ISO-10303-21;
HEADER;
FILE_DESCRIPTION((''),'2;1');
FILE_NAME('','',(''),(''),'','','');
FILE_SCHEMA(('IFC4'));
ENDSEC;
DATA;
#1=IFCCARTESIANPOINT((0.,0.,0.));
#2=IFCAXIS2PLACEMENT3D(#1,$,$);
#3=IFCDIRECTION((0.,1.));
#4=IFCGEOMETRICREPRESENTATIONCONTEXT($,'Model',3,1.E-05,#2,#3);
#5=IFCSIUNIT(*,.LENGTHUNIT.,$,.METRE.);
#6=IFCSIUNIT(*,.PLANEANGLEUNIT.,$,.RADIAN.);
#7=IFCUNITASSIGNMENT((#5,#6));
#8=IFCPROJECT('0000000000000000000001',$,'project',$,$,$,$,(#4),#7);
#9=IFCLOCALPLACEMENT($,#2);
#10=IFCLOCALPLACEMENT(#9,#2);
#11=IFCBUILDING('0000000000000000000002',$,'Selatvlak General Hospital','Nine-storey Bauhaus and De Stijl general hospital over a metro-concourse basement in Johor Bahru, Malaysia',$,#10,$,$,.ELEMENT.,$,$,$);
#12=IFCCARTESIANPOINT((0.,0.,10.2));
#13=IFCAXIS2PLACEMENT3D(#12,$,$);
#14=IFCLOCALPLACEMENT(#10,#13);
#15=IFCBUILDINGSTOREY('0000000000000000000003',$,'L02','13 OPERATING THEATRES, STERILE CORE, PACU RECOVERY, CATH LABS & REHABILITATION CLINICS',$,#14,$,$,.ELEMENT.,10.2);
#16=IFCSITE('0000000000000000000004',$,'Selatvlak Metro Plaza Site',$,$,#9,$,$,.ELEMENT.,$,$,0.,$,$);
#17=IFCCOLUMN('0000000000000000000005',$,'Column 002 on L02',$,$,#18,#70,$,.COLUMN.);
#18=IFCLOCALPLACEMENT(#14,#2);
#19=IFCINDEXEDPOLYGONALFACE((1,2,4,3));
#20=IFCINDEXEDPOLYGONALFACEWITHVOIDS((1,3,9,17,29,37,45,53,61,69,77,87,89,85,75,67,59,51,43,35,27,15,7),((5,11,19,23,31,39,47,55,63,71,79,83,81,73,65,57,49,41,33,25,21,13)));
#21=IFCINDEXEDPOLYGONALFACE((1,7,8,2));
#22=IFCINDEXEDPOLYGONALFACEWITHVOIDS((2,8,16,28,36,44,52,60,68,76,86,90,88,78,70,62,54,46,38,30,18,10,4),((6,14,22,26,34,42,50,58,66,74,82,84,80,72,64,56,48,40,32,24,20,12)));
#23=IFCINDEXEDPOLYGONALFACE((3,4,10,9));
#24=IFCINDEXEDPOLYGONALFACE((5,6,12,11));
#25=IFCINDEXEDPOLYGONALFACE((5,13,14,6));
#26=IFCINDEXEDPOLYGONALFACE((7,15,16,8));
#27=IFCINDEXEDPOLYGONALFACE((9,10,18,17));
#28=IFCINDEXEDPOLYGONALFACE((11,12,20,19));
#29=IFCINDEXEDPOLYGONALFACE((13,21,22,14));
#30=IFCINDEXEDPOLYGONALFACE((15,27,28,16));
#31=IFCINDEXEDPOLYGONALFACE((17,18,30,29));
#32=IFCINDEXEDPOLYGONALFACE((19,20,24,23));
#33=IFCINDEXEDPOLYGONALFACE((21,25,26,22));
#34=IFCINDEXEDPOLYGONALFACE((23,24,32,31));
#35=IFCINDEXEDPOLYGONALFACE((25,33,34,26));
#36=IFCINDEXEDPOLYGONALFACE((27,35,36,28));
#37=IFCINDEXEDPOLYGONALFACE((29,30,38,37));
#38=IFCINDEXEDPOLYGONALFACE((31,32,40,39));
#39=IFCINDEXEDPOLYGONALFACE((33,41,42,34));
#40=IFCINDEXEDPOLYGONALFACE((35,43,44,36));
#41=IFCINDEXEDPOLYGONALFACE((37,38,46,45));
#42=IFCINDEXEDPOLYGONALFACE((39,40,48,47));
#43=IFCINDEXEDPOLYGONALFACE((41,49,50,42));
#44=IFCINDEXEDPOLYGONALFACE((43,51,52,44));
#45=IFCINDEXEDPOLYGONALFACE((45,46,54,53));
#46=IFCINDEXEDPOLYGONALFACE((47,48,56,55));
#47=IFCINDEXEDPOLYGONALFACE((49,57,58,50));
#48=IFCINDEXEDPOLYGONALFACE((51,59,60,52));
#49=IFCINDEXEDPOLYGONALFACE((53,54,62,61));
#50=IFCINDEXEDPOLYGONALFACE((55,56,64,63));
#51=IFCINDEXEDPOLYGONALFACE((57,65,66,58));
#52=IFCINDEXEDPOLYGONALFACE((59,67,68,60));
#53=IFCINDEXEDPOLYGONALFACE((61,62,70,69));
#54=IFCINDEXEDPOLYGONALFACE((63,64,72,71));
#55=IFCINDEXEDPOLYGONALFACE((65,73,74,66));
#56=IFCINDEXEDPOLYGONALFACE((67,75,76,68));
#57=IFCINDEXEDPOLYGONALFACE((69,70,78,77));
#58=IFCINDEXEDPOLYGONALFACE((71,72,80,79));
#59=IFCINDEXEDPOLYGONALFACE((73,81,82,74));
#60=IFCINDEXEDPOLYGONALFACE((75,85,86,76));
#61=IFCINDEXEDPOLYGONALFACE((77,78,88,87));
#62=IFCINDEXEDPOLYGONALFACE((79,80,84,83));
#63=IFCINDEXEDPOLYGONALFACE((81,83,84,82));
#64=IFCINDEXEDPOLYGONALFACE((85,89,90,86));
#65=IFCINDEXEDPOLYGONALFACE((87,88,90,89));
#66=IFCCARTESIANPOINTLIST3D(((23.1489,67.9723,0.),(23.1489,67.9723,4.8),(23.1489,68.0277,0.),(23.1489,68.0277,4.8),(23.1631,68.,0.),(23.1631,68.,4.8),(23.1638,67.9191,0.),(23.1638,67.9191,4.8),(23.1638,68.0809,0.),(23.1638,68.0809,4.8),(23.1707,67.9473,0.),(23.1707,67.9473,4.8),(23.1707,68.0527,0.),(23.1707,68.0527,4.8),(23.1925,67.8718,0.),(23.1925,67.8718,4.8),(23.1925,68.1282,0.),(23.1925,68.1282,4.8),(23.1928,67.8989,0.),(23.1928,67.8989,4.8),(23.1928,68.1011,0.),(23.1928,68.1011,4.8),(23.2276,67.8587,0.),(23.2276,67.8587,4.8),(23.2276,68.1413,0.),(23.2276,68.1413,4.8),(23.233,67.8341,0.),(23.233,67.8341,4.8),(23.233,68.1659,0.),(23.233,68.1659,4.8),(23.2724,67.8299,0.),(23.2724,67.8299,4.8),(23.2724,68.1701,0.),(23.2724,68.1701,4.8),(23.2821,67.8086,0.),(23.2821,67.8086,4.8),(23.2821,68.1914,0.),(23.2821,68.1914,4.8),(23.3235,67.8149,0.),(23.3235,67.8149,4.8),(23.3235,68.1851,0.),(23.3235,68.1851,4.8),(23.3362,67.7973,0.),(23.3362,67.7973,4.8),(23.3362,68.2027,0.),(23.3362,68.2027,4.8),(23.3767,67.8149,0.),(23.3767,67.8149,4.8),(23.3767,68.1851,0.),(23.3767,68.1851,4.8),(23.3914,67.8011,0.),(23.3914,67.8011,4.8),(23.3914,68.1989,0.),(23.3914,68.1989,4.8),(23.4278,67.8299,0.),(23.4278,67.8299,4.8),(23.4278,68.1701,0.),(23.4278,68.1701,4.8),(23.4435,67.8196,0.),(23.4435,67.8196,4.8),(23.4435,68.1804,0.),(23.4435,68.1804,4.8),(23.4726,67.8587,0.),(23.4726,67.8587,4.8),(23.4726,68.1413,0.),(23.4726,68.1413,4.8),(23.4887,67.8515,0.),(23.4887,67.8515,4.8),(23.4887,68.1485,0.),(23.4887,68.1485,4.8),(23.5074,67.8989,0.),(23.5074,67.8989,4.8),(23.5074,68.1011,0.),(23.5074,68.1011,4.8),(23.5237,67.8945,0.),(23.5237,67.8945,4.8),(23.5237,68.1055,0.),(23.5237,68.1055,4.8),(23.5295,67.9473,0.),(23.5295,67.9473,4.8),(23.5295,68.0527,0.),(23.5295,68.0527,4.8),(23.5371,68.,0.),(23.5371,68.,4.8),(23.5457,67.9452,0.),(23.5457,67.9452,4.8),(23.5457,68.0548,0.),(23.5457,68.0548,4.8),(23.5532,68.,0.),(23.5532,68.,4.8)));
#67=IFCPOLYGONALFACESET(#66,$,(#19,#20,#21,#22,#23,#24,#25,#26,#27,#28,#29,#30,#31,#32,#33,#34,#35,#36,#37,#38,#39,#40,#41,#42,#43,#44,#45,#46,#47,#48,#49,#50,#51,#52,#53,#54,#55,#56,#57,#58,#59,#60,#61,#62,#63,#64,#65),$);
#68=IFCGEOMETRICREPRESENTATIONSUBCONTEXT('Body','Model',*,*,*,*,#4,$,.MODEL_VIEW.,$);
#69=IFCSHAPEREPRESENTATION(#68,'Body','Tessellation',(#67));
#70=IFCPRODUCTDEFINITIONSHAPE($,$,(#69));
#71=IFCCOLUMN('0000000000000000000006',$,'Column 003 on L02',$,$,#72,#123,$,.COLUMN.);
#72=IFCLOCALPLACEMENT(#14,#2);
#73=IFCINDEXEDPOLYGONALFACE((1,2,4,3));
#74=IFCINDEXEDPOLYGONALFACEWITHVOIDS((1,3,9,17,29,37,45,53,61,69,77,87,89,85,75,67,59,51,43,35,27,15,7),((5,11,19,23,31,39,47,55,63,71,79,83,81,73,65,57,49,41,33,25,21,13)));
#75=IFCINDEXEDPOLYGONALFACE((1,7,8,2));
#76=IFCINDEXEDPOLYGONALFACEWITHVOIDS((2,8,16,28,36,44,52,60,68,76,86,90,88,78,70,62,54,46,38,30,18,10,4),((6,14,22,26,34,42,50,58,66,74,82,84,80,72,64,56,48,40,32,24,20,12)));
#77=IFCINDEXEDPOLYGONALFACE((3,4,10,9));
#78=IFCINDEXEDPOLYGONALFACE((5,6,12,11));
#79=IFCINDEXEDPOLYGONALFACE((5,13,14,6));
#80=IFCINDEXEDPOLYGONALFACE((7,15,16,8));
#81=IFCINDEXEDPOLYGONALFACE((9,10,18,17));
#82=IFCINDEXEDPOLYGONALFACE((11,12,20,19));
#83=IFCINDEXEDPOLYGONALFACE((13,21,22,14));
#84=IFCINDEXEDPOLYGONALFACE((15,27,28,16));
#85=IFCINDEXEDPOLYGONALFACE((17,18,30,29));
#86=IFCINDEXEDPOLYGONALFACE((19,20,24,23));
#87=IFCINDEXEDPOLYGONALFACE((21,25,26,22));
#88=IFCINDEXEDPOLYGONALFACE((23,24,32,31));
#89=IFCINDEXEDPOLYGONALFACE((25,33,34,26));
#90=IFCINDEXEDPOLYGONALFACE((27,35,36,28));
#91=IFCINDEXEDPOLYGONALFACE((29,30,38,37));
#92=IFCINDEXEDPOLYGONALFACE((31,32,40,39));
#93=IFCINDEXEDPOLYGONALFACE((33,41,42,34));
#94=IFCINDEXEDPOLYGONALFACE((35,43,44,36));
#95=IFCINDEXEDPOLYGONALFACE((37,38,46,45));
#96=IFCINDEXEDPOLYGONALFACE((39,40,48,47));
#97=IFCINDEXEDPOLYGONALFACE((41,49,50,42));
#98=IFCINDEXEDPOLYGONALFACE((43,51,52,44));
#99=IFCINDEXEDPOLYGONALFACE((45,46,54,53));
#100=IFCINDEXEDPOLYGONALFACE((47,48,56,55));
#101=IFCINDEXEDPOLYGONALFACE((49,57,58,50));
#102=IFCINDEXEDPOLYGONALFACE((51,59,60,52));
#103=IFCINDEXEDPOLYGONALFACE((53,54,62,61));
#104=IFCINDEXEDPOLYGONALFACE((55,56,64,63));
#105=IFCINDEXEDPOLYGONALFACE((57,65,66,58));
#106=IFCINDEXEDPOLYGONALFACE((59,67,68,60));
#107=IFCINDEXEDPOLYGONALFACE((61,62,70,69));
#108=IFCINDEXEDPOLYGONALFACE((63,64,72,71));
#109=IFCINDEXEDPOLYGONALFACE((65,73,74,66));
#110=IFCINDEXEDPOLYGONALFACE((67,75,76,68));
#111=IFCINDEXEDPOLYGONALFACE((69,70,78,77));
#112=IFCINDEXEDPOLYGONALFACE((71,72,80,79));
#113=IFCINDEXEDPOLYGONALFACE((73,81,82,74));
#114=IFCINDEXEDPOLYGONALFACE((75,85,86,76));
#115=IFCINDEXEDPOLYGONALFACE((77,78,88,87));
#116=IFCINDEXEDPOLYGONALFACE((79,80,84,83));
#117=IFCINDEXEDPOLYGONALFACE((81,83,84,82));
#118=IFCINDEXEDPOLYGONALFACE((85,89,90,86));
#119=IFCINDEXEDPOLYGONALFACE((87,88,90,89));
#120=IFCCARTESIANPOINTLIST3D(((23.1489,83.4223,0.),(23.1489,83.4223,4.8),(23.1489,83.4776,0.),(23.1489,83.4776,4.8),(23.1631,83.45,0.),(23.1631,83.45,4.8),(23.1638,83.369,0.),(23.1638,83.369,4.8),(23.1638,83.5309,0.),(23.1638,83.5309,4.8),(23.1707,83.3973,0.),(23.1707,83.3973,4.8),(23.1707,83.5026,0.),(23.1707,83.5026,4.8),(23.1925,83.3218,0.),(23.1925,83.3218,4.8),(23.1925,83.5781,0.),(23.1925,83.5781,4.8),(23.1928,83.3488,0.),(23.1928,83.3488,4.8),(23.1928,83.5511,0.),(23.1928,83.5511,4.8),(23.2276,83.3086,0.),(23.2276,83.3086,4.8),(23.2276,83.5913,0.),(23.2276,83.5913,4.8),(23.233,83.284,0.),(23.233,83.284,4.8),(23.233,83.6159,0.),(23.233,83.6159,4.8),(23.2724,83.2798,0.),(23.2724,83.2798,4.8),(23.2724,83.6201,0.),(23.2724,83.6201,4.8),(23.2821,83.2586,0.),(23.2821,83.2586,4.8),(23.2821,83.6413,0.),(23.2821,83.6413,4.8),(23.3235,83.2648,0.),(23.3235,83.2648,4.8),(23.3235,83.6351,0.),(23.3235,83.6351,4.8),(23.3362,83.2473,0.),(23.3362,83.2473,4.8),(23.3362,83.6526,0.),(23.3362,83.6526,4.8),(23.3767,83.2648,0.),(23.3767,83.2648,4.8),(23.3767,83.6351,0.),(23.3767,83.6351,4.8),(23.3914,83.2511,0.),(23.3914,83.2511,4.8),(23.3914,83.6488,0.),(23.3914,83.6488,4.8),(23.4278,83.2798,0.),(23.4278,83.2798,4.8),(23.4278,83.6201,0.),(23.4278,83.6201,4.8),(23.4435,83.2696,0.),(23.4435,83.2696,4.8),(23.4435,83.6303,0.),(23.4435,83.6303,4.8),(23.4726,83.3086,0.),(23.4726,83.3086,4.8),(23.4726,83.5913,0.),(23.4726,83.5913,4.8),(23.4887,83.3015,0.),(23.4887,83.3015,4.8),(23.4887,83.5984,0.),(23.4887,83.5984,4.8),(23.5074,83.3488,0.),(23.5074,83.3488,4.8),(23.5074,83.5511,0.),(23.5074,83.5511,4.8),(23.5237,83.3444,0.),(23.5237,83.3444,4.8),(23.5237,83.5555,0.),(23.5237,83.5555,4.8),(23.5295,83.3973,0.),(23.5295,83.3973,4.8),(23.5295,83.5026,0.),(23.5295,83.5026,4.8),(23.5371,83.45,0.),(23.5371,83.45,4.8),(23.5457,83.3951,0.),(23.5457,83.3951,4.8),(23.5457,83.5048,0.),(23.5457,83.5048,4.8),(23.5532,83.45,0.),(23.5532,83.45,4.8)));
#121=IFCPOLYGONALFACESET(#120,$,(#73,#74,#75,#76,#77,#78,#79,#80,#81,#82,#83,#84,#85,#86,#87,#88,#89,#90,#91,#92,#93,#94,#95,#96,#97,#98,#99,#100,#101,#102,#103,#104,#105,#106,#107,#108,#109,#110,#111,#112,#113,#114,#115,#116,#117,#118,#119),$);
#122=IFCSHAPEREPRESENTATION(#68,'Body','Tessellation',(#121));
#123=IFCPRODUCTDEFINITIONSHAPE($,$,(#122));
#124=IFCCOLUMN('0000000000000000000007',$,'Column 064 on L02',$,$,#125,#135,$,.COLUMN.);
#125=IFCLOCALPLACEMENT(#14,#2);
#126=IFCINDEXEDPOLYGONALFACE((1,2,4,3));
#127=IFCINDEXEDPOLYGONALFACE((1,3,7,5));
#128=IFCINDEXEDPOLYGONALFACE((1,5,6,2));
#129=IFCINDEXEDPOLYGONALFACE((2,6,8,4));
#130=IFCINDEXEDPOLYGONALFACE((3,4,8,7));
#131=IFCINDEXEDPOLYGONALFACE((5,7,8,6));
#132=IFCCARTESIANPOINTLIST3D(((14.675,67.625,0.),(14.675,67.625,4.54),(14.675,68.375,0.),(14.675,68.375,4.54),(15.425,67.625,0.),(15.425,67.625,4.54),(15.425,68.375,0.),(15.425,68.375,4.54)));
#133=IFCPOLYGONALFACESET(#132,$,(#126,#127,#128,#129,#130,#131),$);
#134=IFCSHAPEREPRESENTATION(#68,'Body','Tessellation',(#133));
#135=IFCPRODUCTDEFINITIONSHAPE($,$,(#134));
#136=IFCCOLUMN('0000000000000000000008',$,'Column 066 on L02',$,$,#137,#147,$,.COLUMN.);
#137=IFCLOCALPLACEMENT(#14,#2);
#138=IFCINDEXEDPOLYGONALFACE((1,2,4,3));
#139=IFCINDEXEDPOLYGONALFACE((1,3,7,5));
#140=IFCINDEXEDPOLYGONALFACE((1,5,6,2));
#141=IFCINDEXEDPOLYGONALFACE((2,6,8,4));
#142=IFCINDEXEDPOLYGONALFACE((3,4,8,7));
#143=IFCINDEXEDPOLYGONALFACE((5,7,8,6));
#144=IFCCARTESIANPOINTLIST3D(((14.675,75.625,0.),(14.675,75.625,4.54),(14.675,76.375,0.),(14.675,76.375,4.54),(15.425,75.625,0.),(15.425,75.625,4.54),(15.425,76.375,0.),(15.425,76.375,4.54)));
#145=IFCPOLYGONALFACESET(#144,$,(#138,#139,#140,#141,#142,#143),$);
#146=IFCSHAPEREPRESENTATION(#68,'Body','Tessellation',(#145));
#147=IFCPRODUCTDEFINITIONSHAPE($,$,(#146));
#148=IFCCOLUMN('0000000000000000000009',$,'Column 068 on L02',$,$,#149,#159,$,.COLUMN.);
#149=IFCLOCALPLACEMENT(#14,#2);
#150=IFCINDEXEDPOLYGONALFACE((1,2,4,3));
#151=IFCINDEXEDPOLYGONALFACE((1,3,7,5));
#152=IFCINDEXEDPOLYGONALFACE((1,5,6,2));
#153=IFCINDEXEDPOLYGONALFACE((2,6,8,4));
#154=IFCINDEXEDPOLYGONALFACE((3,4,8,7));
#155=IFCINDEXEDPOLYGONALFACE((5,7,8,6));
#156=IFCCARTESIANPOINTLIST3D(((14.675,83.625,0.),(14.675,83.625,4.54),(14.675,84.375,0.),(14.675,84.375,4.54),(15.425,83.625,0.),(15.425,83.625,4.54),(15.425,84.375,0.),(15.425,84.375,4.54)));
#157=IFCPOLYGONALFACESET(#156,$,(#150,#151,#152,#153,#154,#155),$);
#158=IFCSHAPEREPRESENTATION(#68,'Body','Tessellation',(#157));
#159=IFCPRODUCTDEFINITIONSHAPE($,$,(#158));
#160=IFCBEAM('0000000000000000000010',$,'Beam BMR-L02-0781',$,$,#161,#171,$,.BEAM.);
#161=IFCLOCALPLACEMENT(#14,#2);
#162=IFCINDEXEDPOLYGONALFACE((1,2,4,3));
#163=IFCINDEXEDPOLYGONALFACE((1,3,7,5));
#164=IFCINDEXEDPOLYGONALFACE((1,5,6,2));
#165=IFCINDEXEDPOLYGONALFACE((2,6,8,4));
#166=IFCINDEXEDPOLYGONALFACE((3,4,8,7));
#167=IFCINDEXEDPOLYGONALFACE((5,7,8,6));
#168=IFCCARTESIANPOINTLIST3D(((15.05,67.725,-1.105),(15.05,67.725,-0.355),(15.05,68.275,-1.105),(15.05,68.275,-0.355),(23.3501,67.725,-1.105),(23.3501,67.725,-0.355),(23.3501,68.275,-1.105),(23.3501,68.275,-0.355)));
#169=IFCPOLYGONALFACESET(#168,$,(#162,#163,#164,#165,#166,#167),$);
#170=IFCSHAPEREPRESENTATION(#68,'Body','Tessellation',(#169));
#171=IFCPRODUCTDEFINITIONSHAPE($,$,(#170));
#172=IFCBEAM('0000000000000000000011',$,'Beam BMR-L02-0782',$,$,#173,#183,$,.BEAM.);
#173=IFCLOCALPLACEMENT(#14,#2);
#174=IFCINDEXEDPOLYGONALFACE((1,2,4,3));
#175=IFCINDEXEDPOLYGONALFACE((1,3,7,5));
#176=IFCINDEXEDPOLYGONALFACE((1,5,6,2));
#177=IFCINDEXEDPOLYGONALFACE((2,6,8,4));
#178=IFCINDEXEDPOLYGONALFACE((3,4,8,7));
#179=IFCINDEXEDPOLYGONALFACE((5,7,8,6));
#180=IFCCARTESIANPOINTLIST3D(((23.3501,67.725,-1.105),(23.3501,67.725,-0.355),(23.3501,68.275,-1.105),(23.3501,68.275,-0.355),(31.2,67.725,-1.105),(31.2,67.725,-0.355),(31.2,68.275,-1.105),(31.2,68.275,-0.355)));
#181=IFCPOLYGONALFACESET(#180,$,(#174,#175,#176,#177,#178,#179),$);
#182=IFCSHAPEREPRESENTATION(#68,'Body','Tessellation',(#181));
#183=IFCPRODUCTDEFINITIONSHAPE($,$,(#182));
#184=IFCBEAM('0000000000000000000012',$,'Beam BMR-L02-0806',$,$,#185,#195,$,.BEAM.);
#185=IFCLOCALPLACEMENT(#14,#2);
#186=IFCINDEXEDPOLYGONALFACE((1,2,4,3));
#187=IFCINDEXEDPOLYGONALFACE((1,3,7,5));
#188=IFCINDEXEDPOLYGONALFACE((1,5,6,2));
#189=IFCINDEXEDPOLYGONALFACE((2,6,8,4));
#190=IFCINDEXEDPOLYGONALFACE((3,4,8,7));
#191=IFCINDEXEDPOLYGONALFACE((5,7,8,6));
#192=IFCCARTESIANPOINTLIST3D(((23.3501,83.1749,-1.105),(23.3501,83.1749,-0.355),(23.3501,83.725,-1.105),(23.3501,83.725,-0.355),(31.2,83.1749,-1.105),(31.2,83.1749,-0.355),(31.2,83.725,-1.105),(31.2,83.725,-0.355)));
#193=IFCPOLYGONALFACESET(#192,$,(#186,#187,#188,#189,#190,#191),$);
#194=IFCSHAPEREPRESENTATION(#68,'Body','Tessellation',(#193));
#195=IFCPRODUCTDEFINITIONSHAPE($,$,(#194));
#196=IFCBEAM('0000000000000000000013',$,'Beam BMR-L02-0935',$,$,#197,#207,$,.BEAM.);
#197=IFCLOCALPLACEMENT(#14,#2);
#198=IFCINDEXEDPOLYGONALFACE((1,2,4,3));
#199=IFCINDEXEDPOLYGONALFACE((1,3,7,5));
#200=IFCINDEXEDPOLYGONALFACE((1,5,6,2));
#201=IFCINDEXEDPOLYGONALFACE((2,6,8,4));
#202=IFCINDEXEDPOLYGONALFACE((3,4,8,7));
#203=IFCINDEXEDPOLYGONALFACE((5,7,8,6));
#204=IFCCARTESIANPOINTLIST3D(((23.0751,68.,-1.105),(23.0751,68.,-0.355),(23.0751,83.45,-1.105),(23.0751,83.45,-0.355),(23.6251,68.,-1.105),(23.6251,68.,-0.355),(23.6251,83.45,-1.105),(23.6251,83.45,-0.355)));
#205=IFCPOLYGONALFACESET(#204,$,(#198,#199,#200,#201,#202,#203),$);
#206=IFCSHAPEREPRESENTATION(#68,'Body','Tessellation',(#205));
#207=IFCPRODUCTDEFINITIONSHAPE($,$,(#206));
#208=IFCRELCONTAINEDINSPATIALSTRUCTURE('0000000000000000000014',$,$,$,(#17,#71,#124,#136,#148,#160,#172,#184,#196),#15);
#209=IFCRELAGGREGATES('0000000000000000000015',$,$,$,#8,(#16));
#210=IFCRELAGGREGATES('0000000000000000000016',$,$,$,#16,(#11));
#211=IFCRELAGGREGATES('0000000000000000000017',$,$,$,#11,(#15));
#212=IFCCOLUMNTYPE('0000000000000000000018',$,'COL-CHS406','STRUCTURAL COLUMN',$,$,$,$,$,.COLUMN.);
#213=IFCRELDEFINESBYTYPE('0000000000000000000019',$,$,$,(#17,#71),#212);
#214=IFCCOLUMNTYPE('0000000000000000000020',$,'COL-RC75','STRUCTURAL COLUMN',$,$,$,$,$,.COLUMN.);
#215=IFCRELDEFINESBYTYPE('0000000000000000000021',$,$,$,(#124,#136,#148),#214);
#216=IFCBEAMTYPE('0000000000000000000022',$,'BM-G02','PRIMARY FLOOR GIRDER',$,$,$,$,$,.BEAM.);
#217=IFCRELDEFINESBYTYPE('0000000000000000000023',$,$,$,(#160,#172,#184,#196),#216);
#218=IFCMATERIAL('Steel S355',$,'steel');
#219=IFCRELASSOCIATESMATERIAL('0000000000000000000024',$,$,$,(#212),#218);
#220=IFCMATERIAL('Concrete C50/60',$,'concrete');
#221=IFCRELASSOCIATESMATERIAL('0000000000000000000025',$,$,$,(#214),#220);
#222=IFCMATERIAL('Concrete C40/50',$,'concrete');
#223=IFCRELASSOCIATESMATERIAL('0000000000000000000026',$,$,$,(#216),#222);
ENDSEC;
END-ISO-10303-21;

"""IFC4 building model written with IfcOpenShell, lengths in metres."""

from ifc_helpers import new_model, si_unit, direction, frame, origin, origin_2d, place, context, subcontext, project, spatial, rectangle, hollow_circle, extrude, material, material_profile, profile_set, type_object, element, save


model = new_model("IFC4")

# Units and contexts
model_context = context("Model", 3, precision=1e-05, world=origin(), true_north=direction((0.0, 1.0)))
body_context = subcontext(model_context, "Body", "Model", "MODEL_VIEW")
ifc_project = project(units=[si_unit("LENGTHUNIT", "METRE"), si_unit("PLANEANGLEUNIT", "RADIAN")], contexts=[model_context])

# Site, building, storey
site_placement = place(None, origin())
site = spatial("IfcSite", under=ifc_project, at=site_placement, Name="Selatvlak Metro Plaza Site", CompositionType="ELEMENT", RefElevation=0.0)
building_placement = place(site_placement, origin())
building = spatial("IfcBuilding", under=site, at=building_placement, Name="Selatvlak General Hospital", Description="Nine-storey Bauhaus and De Stijl general hospital over a metro-concourse basement in Johor Bahru, Malaysia", CompositionType="ELEMENT")
storey_placement = place(building_placement, frame((0.0, 0.0, 10.2)))
storey = spatial("IfcBuildingStorey", under=building, at=storey_placement, Name="L02", Description="13 OPERATING THEATRES, STERILE CORE, PACU RECOVERY, CATH LABS & REHABILITATION CLINICS", CompositionType="ELEMENT", Elevation=10.2)

# Columns
ifc_material_1 = material(Name="Steel S355", Category="steel")
ifc_material_profile_1 = material_profile(ifc_material_1, hollow_circle(Radius=0.2031, WallThickness=0.0161, at=origin_2d()), Name="CHS 406.4x16")
ifc_profile_set_1 = profile_set([ifc_material_profile_1], Name="Steel S355")
column_type_1 = type_object("IfcColumnType", Name="COL-CHS406", Description="STRUCTURAL COLUMN", PredefinedType="COLUMN", material=ifc_profile_set_1)
for number, where, z_axis, x_axis, name in (
    (1, (23.3501, 68.0, 0.0), (0.0, 0.0, 1.0), (1.0, 0.0, 0.0), "Column 002 on L02"),
    (2, (23.3501, 83.45, 0.0), (0.0, 0.0, 1.0), (1.0, 0.0, 0.0), "Column 003 on L02"),
):
    element("IfcColumn", number, at=place(storey_placement, frame(where, z_axis=z_axis, x_axis=x_axis)), inside=storey, type_object=column_type_1, Name=name, PredefinedType="COLUMN", context=body_context, shape_type="SweptSolid", body=[
        extrude(hollow_circle(Radius=0.2031, WallThickness=0.0161, at=origin_2d()), origin(), (0.0, 0.0, 1.0), 4.8),
    ])
ifc_material_2 = material(Name="Concrete C50/60", Category="concrete")
ifc_material_profile_2 = material_profile(ifc_material_2, rectangle(XDim=0.75, YDim=0.75, at=origin_2d()), Name="RC-COL 750x750")
ifc_profile_set_2 = profile_set([ifc_material_profile_2], Name="Concrete C50/60")
column_type_2 = type_object("IfcColumnType", Name="COL-RC75", Description="STRUCTURAL COLUMN", PredefinedType="COLUMN", material=ifc_profile_set_2)
for number, where, z_axis, x_axis, name in (
    (3, (15.05, 68.0, 0.0), (0.0, 0.0, 1.0), (1.0, 0.0, 0.0), "Column 064 on L02"),
    (4, (15.05, 76.0, 0.0), (0.0, 0.0, 1.0), (1.0, 0.0, 0.0), "Column 066 on L02"),
    (5, (15.05, 84.0, 0.0), (0.0, 0.0, 1.0), (1.0, 0.0, 0.0), "Column 068 on L02"),
):
    element("IfcColumn", number, at=place(storey_placement, frame(where, z_axis=z_axis, x_axis=x_axis)), inside=storey, type_object=column_type_2, Name=name, PredefinedType="COLUMN", context=body_context, shape_type="SweptSolid", body=[
        extrude(rectangle(XDim=0.75, YDim=0.75, at=origin_2d()), origin(), (0.0, 0.0, 1.0), 4.54),
    ])

# Beams
ifc_material_3 = material(Name="Concrete C40/50", Category="concrete")
ifc_material_profile_3 = material_profile(ifc_material_3, rectangle(XDim=0.55, YDim=0.75, at=origin_2d()), Name="RC-BM 550x750")
ifc_profile_set_3 = profile_set([ifc_material_profile_3], Name="Concrete C40/50")
beam_type_1 = type_object("IfcBeamType", Name="BM-G02", Description="PRIMARY FLOOR GIRDER", PredefinedType="BEAM", material=ifc_profile_set_3)
beam_1_placement = place(storey_placement, frame((15.05, 68.0, -0.73), z_axis=(1.0, 0.0, 0.0), x_axis=(0.0, 1.0, 0.0)))
element("IfcBeam", 6, at=beam_1_placement, inside=storey, type_object=beam_type_1, Name="Beam BMR-L02-0781", PredefinedType="BEAM", context=body_context, shape_type="SweptSolid", body=[
    extrude(rectangle(XDim=0.55, YDim=0.75, at=origin_2d()), origin(), (0.0, 0.0, 1.0), 8.3),
])
for number, where, z_axis, x_axis, name in (
    (7, (23.3501, 68.0, -0.73), (1.0, 0.0, 0.0), (0.0, 1.0, 0.0), "Beam BMR-L02-0782"),
    (8, (23.3501, 83.45, -0.73), (1.0, 0.0, 0.0), (0.0, 1.0, 0.0), "Beam BMR-L02-0806"),
):
    element("IfcBeam", number, at=place(storey_placement, frame(where, z_axis=z_axis, x_axis=x_axis)), inside=storey, type_object=beam_type_1, Name=name, PredefinedType="BEAM", context=body_context, shape_type="SweptSolid", body=[
        extrude(rectangle(XDim=0.55, YDim=0.75, at=origin_2d()), origin(), (0.0, 0.0, 1.0), 7.8499),
    ])
beam_2_placement = place(storey_placement, frame((23.3501, 68.0, -0.73), z_axis=(0.0, 1.0, 0.0), x_axis=(-1.0, 0.0, 0.0)))
element("IfcBeam", 9, at=beam_2_placement, inside=storey, type_object=beam_type_1, Name="Beam BMR-L02-0935", PredefinedType="BEAM", context=body_context, shape_type="SweptSolid", body=[
    extrude(rectangle(XDim=0.55, YDim=0.75, at=origin_2d()), origin(), (0.0, 0.0, 1.0), 15.45),
])

save(model, "model.ifc")
